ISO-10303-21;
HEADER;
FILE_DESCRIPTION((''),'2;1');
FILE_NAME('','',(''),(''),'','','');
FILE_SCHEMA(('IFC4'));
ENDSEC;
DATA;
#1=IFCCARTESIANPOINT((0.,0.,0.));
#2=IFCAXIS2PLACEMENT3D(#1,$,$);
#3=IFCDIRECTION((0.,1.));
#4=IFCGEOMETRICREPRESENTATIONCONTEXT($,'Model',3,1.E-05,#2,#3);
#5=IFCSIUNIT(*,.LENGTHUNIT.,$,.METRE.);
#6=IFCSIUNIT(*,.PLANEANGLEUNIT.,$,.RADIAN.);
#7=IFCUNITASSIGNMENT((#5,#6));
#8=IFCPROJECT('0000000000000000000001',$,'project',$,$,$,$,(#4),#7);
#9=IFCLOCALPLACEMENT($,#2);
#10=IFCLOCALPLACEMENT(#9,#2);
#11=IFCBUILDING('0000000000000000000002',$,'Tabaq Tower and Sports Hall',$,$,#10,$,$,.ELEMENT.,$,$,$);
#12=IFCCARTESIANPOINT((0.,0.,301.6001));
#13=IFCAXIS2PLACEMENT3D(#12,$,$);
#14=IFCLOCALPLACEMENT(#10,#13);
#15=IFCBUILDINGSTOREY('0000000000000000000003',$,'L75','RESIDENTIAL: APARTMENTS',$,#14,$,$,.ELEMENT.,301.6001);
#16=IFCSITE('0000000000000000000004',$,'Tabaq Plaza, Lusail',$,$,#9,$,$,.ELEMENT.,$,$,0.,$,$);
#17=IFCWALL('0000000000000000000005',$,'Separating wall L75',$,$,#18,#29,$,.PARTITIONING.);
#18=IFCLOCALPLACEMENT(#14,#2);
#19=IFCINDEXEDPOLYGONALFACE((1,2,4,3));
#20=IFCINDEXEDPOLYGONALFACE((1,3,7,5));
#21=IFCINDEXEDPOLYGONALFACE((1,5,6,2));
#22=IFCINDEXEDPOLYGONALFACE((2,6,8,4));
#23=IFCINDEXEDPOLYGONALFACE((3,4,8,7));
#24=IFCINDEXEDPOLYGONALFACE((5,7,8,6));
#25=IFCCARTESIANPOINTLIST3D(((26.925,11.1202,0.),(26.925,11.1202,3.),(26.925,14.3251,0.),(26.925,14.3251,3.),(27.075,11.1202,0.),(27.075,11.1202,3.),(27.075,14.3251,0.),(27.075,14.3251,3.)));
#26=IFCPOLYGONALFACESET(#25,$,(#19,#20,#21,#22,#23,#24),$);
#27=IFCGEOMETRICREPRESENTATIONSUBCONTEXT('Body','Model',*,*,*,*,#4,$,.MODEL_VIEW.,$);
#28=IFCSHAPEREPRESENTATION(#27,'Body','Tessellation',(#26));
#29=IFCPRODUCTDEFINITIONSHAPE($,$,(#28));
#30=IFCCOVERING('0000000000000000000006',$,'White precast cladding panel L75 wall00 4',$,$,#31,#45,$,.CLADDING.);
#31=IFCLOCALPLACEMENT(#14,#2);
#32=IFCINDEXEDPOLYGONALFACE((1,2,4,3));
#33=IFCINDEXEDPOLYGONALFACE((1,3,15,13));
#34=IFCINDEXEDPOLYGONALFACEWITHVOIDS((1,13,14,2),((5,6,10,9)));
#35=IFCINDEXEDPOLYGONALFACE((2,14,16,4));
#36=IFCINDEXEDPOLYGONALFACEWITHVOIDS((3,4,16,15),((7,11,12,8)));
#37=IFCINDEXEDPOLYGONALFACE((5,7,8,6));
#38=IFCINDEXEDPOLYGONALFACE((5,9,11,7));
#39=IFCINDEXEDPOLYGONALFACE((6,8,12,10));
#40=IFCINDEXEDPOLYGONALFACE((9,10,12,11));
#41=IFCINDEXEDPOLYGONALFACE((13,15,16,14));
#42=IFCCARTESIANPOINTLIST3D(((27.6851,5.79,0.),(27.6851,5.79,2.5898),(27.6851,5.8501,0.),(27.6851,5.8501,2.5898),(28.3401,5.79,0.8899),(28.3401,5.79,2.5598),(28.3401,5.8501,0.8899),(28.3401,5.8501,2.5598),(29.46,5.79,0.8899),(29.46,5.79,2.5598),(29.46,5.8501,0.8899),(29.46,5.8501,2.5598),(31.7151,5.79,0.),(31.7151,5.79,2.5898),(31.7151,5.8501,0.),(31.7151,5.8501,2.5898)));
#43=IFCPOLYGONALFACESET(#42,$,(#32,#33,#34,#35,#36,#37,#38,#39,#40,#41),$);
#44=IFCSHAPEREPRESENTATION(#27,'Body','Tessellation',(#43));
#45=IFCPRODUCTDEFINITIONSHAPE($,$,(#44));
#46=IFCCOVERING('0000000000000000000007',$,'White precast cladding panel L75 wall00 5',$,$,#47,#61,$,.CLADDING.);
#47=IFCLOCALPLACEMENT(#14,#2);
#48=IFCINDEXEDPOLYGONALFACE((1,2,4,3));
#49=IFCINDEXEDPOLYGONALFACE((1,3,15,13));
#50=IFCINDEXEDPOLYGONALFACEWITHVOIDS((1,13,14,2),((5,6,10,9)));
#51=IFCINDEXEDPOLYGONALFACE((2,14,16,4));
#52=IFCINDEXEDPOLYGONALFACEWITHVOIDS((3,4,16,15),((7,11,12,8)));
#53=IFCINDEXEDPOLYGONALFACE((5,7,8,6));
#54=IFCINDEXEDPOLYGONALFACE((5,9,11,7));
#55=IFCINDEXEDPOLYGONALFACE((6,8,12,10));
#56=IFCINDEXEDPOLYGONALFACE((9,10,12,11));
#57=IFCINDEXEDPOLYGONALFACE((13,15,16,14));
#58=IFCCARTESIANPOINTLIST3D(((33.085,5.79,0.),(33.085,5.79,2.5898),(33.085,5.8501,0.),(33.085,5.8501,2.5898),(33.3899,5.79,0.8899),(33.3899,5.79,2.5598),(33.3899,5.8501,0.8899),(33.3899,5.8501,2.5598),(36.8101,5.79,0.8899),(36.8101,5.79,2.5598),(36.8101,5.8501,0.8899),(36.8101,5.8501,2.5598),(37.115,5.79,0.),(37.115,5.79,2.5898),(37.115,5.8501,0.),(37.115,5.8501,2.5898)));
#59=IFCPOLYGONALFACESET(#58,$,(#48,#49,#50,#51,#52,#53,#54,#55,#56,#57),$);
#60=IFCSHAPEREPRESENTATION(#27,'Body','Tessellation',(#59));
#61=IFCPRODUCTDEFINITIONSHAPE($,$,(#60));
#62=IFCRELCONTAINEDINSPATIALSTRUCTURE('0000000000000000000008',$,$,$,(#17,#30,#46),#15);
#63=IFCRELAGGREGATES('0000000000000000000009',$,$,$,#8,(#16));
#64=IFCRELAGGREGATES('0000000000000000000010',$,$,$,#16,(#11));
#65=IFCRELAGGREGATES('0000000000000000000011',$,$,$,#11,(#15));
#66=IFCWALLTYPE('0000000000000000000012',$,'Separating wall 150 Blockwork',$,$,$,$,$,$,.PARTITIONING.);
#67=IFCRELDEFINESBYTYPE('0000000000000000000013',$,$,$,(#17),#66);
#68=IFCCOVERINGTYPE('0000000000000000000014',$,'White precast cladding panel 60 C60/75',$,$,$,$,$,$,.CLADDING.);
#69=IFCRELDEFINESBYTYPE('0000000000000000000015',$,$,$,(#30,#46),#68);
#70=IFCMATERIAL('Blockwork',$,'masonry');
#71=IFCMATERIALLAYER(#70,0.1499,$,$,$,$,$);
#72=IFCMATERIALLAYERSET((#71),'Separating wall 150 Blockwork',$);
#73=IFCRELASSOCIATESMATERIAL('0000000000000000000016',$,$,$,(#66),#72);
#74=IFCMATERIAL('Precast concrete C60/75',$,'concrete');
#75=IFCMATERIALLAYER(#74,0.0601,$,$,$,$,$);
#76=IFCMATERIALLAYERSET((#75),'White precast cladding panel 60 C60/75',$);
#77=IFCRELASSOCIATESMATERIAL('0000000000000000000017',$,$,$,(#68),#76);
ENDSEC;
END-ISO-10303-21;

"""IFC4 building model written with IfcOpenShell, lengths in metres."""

from ifc_helpers import new_model, si_unit, direction, frame, frame_2d, origin, place, context, subcontext, project, spatial, polyline, rectangle, outline, extrude, material, layer, layer_set, type_object, element, save


model = new_model("IFC4")

# Units and contexts
model_context = context("Model", 3, precision=1e-05, world=origin(), true_north=direction((0.0, 1.0)))
body_context = subcontext(model_context, "Body", "Model", "MODEL_VIEW")
ifc_project = project(units=[si_unit("LENGTHUNIT", "METRE"), si_unit("PLANEANGLEUNIT", "RADIAN")], contexts=[model_context])

# Site, building, storey
site_placement = place(None, origin())
site = spatial("IfcSite", under=ifc_project, at=site_placement, Name="Tabaq Plaza, Lusail", CompositionType="ELEMENT", RefElevation=0.0)
building_placement = place(site_placement, origin())
building = spatial("IfcBuilding", under=site, at=building_placement, Name="Tabaq Tower and Sports Hall", CompositionType="ELEMENT")
storey_placement = place(building_placement, frame((0.0, 0.0, 301.6001)))
storey = spatial("IfcBuildingStorey", under=building, at=storey_placement, Name="L75", Description="RESIDENTIAL: APARTMENTS", CompositionType="ELEMENT", Elevation=301.6001)

# Wall
ifc_material_1 = material(Name="Blockwork", Category="masonry")
ifc_layer_1 = layer(ifc_material_1, 0.1499)
ifc_layer_set_1 = layer_set([ifc_layer_1], Name="Separating wall 150 Blockwork")
wall_type_1 = type_object("IfcWallType", Name="Separating wall 150 Blockwork", PredefinedType="PARTITIONING", material=ifc_layer_set_1)
wall_1_placement = place(storey_placement, frame((27.0, 11.1201, 0.0), z_axis=(0.0, 0.0, 1.0), x_axis=(0.0, 1.0, 0.0)))
element("IfcWall", 1, at=wall_1_placement, inside=storey, type_object=wall_type_1, Name="Separating wall L75", PredefinedType="PARTITIONING", context=body_context, shape_type="SweptSolid", body=[
    extrude(rectangle(XDim=3.2048, YDim=0.1499, at=frame_2d((1.6025, 0.0))), origin(), (0.0, 0.0, 1.0), 3.0),
])

# Coverings
ifc_material_2 = material(Name="Precast concrete C60/75", Category="concrete")
ifc_layer_2 = layer(ifc_material_2, 0.0601)
ifc_layer_set_2 = layer_set([ifc_layer_2], Name="White precast cladding panel 60 C60/75")
covering_type = type_object("IfcCoveringType", Name="White precast cladding panel 60 C60/75", PredefinedType="CLADDING", material=ifc_layer_set_2)
covering_1_placement = place(storey_placement, frame((27.6851, 5.8201, 0.0), z_axis=(0.0, 0.0, 1.0), x_axis=(1.0, 0.0, 0.0)))
element("IfcCovering", 2, at=covering_1_placement, inside=storey, type_object=covering_type, Name="White precast cladding panel L75 wall00 4", PredefinedType="CLADDING", context=body_context, shape_type="SweptSolid", body=[
    extrude(outline(polyline([(0.0, 0.0), (4.03, 0.0), (4.03, 2.5898), (0.0, 2.5898), (0.0, 0.0)]), holes=[polyline([(1.7749, 0.8899), (0.655, 0.8899), (0.655, 2.5598), (1.7749, 2.5598), (1.7749, 0.8899)])]), frame((0.0, 0.03, 0.0), z_axis=(0.0, -1.0, 0.0), x_axis=(1.0, 0.0, 0.0)), (0.0, 0.0, 1.0), 0.0601),
])
covering_2_placement = place(storey_placement, frame((33.085, 5.8201, 0.0), z_axis=(0.0, 0.0, 1.0), x_axis=(1.0, 0.0, 0.0)))
element("IfcCovering", 3, at=covering_2_placement, inside=storey, type_object=covering_type, Name="White precast cladding panel L75 wall00 5", PredefinedType="CLADDING", context=body_context, shape_type="SweptSolid", body=[
    extrude(outline(polyline([(0.0, 0.0), (4.03, 0.0), (4.03, 2.5898), (0.0, 2.5898), (0.0, 0.0)]), holes=[polyline([(3.7251, 0.8899), (0.3049, 0.8899), (0.3049, 2.5598), (3.7251, 2.5598), (3.7251, 0.8899)])]), frame((0.0, 0.03, 0.0), z_axis=(0.0, -1.0, 0.0), x_axis=(1.0, 0.0, 0.0)), (0.0, 0.0, 1.0), 0.0601),
])

save(model, "model.ifc")
